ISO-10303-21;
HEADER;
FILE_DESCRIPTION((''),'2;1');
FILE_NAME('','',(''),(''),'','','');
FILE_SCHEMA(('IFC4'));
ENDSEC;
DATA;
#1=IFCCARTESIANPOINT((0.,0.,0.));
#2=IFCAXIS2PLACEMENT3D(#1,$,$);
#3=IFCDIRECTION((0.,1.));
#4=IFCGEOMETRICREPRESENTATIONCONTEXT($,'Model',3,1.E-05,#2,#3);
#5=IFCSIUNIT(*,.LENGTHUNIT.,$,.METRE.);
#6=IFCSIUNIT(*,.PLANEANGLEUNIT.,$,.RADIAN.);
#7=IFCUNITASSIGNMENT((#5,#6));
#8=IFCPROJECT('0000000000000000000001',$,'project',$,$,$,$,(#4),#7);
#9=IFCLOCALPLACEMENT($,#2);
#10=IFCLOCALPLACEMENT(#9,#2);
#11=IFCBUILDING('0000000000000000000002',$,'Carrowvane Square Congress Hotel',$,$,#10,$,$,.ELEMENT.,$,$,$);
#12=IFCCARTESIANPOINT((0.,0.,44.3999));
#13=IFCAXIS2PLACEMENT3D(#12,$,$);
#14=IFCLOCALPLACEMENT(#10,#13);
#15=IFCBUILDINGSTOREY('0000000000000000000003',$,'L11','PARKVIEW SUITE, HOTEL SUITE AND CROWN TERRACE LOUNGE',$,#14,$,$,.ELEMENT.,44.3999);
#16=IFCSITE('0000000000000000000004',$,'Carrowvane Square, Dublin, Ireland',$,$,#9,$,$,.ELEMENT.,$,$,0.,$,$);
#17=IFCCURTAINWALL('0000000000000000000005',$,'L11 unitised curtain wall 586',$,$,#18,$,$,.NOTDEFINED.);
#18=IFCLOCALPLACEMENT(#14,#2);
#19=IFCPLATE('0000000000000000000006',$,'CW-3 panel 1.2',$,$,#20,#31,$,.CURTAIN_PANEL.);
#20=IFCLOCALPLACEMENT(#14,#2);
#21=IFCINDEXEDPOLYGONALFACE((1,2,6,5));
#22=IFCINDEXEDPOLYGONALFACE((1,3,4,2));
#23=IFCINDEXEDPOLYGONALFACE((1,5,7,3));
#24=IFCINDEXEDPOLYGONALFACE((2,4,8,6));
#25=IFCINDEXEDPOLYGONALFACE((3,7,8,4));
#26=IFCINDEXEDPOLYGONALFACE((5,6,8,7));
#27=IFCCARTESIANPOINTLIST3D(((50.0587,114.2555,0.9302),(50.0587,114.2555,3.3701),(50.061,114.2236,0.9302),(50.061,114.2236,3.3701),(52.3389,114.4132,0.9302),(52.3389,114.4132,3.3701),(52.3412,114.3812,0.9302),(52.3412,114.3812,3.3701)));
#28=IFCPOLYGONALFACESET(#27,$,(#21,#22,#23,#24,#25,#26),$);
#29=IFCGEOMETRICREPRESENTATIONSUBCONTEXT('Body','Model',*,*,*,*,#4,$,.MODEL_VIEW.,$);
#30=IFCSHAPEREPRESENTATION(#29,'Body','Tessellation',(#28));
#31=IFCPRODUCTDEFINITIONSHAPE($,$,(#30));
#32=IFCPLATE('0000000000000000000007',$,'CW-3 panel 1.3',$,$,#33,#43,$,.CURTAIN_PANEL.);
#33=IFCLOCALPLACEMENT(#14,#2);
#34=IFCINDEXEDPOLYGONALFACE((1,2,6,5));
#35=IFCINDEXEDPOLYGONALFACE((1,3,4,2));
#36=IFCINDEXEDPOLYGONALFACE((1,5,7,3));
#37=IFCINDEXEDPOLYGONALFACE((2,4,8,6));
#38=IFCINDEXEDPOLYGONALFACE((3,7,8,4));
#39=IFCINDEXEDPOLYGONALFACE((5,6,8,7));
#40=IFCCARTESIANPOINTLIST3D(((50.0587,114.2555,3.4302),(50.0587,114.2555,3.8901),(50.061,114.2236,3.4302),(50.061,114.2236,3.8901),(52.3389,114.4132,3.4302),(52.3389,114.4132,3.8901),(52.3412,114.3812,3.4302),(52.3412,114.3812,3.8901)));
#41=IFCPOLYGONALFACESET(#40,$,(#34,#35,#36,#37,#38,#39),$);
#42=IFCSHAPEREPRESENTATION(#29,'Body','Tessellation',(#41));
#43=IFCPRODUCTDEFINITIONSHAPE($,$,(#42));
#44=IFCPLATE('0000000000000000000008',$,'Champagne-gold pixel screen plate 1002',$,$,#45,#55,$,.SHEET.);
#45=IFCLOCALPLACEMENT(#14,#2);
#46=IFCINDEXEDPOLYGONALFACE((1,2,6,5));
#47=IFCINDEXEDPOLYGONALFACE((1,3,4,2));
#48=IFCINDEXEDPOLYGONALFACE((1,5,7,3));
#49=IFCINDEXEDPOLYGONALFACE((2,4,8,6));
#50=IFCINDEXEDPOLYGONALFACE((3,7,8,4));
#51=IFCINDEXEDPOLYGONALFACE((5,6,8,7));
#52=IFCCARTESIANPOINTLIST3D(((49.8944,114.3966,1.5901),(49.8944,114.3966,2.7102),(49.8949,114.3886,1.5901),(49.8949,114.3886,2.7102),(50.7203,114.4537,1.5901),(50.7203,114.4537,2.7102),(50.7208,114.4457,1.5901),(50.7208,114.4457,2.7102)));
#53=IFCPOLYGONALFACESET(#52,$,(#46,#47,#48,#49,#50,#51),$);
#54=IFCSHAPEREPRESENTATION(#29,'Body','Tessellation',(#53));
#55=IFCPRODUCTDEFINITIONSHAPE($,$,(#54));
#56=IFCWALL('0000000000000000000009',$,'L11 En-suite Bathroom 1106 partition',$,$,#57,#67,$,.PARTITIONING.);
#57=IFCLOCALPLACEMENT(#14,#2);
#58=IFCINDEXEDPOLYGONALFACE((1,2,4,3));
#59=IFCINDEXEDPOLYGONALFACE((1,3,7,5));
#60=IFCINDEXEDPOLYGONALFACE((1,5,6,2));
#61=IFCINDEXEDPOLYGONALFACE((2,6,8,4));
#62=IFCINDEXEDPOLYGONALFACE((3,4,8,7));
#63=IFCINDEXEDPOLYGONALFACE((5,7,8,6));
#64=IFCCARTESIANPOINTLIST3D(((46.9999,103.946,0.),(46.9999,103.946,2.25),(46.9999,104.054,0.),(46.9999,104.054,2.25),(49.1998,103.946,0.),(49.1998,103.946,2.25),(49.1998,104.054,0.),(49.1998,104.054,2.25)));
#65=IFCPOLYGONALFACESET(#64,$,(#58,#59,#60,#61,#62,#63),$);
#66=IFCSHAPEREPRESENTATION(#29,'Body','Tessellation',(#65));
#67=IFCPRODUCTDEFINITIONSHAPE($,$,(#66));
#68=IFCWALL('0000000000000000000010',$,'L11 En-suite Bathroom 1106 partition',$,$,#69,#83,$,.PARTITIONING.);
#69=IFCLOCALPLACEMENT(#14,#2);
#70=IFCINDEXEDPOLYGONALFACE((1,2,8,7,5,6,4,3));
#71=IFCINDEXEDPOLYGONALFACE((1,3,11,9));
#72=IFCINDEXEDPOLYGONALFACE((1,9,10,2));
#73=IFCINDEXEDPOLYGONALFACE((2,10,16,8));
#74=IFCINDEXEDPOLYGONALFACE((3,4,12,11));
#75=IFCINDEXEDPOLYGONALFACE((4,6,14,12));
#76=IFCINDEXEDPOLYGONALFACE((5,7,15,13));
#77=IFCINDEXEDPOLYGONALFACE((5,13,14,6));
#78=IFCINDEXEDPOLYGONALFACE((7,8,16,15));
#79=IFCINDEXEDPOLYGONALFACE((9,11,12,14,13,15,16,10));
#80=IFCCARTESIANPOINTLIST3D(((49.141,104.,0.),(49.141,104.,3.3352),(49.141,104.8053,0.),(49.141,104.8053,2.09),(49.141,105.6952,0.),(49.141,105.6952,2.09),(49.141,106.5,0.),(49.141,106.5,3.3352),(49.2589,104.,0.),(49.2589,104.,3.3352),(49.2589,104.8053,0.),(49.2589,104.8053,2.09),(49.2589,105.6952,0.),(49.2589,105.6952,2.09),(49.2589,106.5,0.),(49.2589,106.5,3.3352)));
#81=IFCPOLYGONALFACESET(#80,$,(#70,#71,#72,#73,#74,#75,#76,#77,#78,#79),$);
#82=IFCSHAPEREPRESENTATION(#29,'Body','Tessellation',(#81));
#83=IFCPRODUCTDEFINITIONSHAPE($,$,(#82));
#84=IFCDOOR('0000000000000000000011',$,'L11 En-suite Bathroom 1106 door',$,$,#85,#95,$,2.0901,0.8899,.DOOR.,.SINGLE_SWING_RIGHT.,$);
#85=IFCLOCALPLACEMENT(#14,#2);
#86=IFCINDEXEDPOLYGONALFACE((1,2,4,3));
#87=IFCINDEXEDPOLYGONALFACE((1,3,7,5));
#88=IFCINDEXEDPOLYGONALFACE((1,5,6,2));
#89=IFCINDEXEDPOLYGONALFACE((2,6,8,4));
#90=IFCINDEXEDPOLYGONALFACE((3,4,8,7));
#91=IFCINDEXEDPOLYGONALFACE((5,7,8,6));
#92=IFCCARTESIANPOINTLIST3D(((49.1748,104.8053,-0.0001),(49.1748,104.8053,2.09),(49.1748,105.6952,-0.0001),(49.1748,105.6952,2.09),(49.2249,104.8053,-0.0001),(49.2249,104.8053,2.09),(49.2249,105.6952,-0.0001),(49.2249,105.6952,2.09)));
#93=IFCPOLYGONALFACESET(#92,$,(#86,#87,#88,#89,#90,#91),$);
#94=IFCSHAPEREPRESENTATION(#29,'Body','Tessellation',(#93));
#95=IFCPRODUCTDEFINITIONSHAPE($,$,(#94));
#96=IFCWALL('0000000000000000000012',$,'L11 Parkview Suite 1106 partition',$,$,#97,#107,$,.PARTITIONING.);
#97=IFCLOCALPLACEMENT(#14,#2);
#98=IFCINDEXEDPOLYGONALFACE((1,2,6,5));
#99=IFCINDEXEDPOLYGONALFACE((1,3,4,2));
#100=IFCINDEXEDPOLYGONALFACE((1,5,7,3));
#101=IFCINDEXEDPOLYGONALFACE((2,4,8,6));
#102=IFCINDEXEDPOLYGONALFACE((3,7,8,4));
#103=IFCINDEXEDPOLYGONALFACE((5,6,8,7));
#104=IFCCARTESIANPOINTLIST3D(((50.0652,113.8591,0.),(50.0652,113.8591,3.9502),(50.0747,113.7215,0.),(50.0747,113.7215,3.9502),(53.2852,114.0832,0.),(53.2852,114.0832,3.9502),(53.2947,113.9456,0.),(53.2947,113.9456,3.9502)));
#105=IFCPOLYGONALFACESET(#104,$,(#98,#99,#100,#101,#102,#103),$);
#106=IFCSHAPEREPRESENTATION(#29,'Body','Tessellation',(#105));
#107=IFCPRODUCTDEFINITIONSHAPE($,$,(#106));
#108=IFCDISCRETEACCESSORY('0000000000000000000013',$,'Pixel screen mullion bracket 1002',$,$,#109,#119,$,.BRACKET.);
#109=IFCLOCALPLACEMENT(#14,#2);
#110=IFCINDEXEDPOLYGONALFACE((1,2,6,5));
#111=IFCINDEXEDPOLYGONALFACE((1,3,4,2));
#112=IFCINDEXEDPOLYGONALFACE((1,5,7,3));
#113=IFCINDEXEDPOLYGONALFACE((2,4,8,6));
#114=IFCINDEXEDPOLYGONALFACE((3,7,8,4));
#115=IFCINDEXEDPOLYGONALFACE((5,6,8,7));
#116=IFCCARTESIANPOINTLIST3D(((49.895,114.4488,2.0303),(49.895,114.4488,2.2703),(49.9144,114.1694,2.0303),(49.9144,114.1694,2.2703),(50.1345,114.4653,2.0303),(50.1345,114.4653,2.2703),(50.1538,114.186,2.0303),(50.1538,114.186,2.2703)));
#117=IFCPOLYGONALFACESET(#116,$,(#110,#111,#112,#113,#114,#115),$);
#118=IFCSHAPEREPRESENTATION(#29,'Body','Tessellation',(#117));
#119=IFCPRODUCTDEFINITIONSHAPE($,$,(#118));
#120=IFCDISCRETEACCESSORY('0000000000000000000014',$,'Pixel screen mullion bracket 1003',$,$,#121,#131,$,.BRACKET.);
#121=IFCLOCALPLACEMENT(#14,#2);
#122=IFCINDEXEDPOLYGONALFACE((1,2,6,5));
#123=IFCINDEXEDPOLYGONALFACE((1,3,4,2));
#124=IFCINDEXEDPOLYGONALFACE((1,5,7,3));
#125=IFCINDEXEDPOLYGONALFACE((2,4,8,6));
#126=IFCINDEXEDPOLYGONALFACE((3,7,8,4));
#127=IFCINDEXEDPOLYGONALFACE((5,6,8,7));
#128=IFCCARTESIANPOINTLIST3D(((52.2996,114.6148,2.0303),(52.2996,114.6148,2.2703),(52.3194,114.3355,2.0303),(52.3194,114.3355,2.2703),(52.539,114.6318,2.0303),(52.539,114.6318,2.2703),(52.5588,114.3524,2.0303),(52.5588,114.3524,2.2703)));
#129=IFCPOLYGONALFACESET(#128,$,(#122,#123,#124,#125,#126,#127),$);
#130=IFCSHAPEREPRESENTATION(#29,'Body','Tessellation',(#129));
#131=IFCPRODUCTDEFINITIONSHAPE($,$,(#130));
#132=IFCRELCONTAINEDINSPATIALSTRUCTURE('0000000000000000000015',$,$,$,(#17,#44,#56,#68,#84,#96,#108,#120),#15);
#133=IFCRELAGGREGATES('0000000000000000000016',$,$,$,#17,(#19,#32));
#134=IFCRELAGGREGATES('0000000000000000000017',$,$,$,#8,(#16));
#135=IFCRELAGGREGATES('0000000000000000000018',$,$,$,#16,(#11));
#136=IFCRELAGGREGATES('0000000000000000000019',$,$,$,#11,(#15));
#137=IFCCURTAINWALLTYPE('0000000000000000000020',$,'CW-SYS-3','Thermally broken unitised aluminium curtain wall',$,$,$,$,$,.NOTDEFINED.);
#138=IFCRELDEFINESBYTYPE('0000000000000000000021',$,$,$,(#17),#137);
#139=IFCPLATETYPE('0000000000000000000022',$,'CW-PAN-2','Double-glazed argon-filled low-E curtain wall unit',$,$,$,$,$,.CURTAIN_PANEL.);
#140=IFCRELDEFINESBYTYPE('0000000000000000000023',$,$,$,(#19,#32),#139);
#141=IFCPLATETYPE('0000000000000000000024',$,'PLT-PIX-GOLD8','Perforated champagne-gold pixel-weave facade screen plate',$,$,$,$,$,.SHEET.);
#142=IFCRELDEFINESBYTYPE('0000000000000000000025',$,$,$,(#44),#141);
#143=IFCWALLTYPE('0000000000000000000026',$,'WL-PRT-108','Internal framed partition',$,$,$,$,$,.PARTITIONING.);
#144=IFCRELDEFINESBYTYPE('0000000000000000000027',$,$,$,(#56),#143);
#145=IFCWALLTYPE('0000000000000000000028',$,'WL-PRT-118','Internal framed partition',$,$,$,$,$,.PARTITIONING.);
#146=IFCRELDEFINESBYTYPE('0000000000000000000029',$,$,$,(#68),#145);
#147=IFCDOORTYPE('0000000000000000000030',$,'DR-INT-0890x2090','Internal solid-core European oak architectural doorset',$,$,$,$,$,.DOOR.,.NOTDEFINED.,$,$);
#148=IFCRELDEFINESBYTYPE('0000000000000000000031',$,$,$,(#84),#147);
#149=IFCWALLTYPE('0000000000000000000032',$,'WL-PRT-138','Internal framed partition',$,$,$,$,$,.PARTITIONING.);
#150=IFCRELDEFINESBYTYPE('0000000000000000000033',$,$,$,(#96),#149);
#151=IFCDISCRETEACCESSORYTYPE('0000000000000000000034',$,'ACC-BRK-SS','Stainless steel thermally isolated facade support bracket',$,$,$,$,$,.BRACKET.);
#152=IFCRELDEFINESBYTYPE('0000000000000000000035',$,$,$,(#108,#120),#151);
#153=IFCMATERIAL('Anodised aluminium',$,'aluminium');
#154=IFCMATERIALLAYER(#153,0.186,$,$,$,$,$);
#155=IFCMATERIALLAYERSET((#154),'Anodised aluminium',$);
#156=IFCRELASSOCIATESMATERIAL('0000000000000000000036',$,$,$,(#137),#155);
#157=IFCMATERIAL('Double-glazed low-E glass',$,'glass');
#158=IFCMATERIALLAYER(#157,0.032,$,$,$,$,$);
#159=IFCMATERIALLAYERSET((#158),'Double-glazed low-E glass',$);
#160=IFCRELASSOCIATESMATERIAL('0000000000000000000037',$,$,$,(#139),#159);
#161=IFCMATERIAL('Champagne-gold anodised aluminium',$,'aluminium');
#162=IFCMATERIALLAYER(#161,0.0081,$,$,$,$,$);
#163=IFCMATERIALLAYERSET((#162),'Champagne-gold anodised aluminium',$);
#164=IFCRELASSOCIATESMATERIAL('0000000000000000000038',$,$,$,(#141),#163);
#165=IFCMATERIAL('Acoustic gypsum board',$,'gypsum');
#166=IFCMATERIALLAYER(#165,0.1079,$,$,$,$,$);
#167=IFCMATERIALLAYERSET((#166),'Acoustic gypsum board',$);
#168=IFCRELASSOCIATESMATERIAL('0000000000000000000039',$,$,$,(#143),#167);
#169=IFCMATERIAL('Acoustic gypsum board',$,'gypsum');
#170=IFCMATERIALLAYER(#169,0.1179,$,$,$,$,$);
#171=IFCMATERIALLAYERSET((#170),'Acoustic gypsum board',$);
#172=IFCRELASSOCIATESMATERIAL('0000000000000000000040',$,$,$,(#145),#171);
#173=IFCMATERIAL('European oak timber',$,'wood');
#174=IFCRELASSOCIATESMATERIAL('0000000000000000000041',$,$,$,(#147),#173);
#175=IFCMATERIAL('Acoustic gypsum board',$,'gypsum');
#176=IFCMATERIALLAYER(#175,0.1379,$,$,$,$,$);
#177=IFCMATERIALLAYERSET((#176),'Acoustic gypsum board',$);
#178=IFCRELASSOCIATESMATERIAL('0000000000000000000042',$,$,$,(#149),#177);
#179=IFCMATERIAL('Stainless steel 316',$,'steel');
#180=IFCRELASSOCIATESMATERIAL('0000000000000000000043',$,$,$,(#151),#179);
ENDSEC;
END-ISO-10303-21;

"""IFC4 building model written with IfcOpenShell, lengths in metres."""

from ifc_helpers import new_model, si_unit, direction, frame, frame_2d, origin, origin_2d, place, context, subcontext, project, spatial, rectangle, extrude, material, layer, layer_set, type_object, element, fill, aggregate, save


model = new_model("IFC4")

# Units and contexts
model_context = context("Model", 3, precision=1e-05, world=origin(), true_north=direction((0.0, 1.0)))
body_context = subcontext(model_context, "Body", "Model", "MODEL_VIEW")
ifc_project = project(units=[si_unit("LENGTHUNIT", "METRE"), si_unit("PLANEANGLEUNIT", "RADIAN")], contexts=[model_context])

# Site, building, storey
site_placement = place(None, origin())
site = spatial("IfcSite", under=ifc_project, at=site_placement, Name="Carrowvane Square, Dublin, Ireland", CompositionType="ELEMENT", RefElevation=0.0)
building_placement = place(site_placement, origin())
building = spatial("IfcBuilding", under=site, at=building_placement, Name="Carrowvane Square Congress Hotel", CompositionType="ELEMENT")
storey_placement = place(building_placement, frame((0.0, 0.0, 44.3999)))
storey = spatial("IfcBuildingStorey", under=building, at=storey_placement, Name="L11", Description="PARKVIEW SUITE, HOTEL SUITE AND CROWN TERRACE LOUNGE", CompositionType="ELEMENT", Elevation=44.3999)

# Curtain wall, plates
ifc_material_1 = material(Name="Anodised aluminium", Category="aluminium")
ifc_layer_1 = layer(ifc_material_1, 0.186)
ifc_layer_set_1 = layer_set([ifc_layer_1], Name="Anodised aluminium")
curtain_wall_type = type_object("IfcCurtainWallType", Name="CW-SYS-3", Description="Thermally broken unitised aluminium curtain wall", PredefinedType="NOTDEFINED", material=ifc_layer_set_1)
curtain_wall_placement = place(storey_placement, origin())
curtain_wall = element("IfcCurtainWall", 1, at=curtain_wall_placement, inside=storey, type_object=curtain_wall_type, Name="L11 unitised curtain wall 586", PredefinedType="NOTDEFINED")
ifc_material_2 = material(Name="Double-glazed low-E glass", Category="glass")
ifc_layer_2 = layer(ifc_material_2, 0.032)
ifc_layer_set_2 = layer_set([ifc_layer_2], Name="Double-glazed low-E glass")
plate_type_1 = type_object("IfcPlateType", Name="CW-PAN-2", Description="Double-glazed argon-filled low-E curtain wall unit", PredefinedType="CURTAIN_PANEL", material=ifc_layer_set_2)
plate_1_placement = place(storey_placement, frame((51.2, 114.3184, 0.9302), z_axis=(0.0, 0.0, 1.0), x_axis=(0.997618, 0.068986, 0.0)))
plate_1 = element("IfcPlate", 2, at=plate_1_placement, type_object=plate_type_1, Name="CW-3 panel 1.2", PredefinedType="CURTAIN_PANEL", context=body_context, shape_type="SweptSolid", body=[
    extrude(rectangle(XDim=2.2856, YDim=0.032, at=origin_2d()), origin(), (0.0, 0.0, 1.0), 2.4399),
])
plate_2_placement = place(storey_placement, frame((51.2, 114.3184, 3.4302), z_axis=(0.0, 0.0, 1.0), x_axis=(0.997618, 0.068986, 0.0)))
plate_2 = element("IfcPlate", 3, at=plate_2_placement, type_object=plate_type_1, Name="CW-3 panel 1.3", PredefinedType="CURTAIN_PANEL", context=body_context, shape_type="SweptSolid", body=[
    extrude(rectangle(XDim=2.2856, YDim=0.032, at=origin_2d()), origin(), (0.0, 0.0, 1.0), 0.46),
])
aggregate(curtain_wall, [plate_1, plate_2])

# Plate
ifc_material_3 = material(Name="Champagne-gold anodised aluminium", Category="aluminium")
ifc_layer_3 = layer(ifc_material_3, 0.0081)
ifc_layer_set_3 = layer_set([ifc_layer_3], Name="Champagne-gold anodised aluminium")
plate_type_2 = type_object("IfcPlateType", Name="PLT-PIX-GOLD8", Description="Perforated champagne-gold pixel-weave facade screen plate", PredefinedType="SHEET", material=ifc_layer_set_3)
plate_3_placement = place(storey_placement, frame((50.3076, 114.4211, 1.5901), z_axis=(0.0, 0.0, 1.0), x_axis=(0.997618, 0.068987, 0.0)))
element("IfcPlate", 4, at=plate_3_placement, inside=storey, type_object=plate_type_2, Name="Champagne-gold pixel screen plate 1002", PredefinedType="SHEET", context=body_context, shape_type="SweptSolid", body=[
    extrude(rectangle(XDim=0.8279, YDim=0.0081, at=origin_2d()), origin(), (0.0, 0.0, 1.0), 1.1201),
])

# Wall
ifc_material_4 = material(Name="Acoustic gypsum board", Category="gypsum")
ifc_layer_4 = layer(ifc_material_4, 0.1079)
ifc_layer_set_4 = layer_set([ifc_layer_4], Name="Acoustic gypsum board")
wall_type_1 = type_object("IfcWallType", Name="WL-PRT-108", Description="Internal framed partition", PredefinedType="PARTITIONING", material=ifc_layer_set_4)
wall_1_placement = place(storey_placement, frame((49.2, 104.0, 0.0), z_axis=(0.0, 0.0, 1.0), x_axis=(-1.0, 0.0, 0.0)))
element("IfcWall", 5, at=wall_1_placement, inside=storey, type_object=wall_type_1, Name="L11 En-suite Bathroom 1106 partition", PredefinedType="PARTITIONING", context=body_context, shape_type="SweptSolid", body=[
    extrude(rectangle(XDim=2.2, YDim=0.1079, at=frame_2d((1.1001, 0.0))), origin(), (0.0, 0.0, 1.0), 2.25),
])

# Wall, opening, door
ifc_material_5 = material(Name="Acoustic gypsum board", Category="gypsum")
ifc_layer_5 = layer(ifc_material_5, 0.1179)
ifc_layer_set_5 = layer_set([ifc_layer_5], Name="Acoustic gypsum board")
wall_type_2 = type_object("IfcWallType", Name="WL-PRT-118", Description="Internal framed partition", PredefinedType="PARTITIONING", material=ifc_layer_set_5)
wall_2_placement = place(storey_placement, frame((49.2, 106.5, 0.0), z_axis=(0.0, 0.0, 1.0), x_axis=(0.0, -1.0, 0.0)))
wall_2 = element("IfcWall", 6, at=wall_2_placement, inside=storey, type_object=wall_type_2, Name="L11 En-suite Bathroom 1106 partition", PredefinedType="PARTITIONING", context=body_context, shape_type="SweptSolid", body=[
    extrude(rectangle(XDim=2.5, YDim=0.1179, at=frame_2d((1.25, 0.0))), origin(), (0.0, 0.0, 1.0), 3.3352),
])
opening_placement = place(wall_2_placement, frame((0.8049, 0.0, 0.0)))
opening = element("IfcOpeningElement", 7, at=opening_placement, cuts=wall_2, PredefinedType="OPENING", context=body_context, shape_type="SweptSolid", body=[
    extrude(rectangle(XDim=0.8899, YDim=2.0901, at=frame_2d((0.4448, 1.0449))), frame((0.0, 0.0688, 0.0), z_axis=(0.0, -1.0, 0.0), x_axis=(1.0, 0.0, 0.0)), (0.0, 0.0, 1.0), 0.1379),
])
ifc_material_6 = material(Name="European oak timber", Category="wood")
door_type = type_object("IfcDoorType", Name="DR-INT-0890x2090", Description="Internal solid-core European oak architectural doorset", OperationType="NOTDEFINED", PredefinedType="DOOR", material=ifc_material_6)
door_placement = place(opening_placement, origin())
door = element("IfcDoor", 8, at=door_placement, inside=storey, type_object=door_type, Name="L11 En-suite Bathroom 1106 door", OperationType="SINGLE_SWING_RIGHT", OverallHeight=2.0901, OverallWidth=0.8899, PredefinedType="DOOR", context=body_context, shape_type="SweptSolid", body=[
    extrude(rectangle(XDim=0.8899, YDim=2.0901, at=frame_2d((0.4448, 1.0449))), frame((0.0, 0.0249, 0.0), z_axis=(0.0, -1.0, 0.0), x_axis=(1.0, 0.0, 0.0)), (0.0, 0.0, 1.0), 0.05),
])
fill(opening, door)

# Wall
ifc_material_7 = material(Name="Acoustic gypsum board", Category="gypsum")
ifc_layer_6 = layer(ifc_material_7, 0.1379)
ifc_layer_set_6 = layer_set([ifc_layer_6], Name="Acoustic gypsum board")
wall_type_3 = type_object("IfcWallType", Name="WL-PRT-138", Description="Internal framed partition", PredefinedType="PARTITIONING", material=ifc_layer_set_6)
wall_3_placement = place(storey_placement, frame((50.0701, 113.7903, 0.0), z_axis=(0.0, 0.0, 1.0), x_axis=(0.997586, 0.069435, 0.0)))
element("IfcWall", 9, at=wall_3_placement, inside=storey, type_object=wall_type_3, Name="L11 Parkview Suite 1106 partition", PredefinedType="PARTITIONING", context=body_context, shape_type="SweptSolid", body=[
    extrude(rectangle(XDim=3.2278, YDim=0.1379, at=frame_2d((1.6138, 0.0))), origin(), (0.0, 0.0, 1.0), 3.9502),
])

# Discrete accessories
ifc_material_8 = material(Name="Stainless steel 316", Category="steel")
discrete_accessory_type = type_object("IfcDiscreteAccessoryType", Name="ACC-BRK-SS", Description="Stainless steel thermally isolated facade support bracket", PredefinedType="BRACKET", material=ifc_material_8)
for number, where, z_axis, x_axis, name in (
    (10, (50.0244, 114.3174, 2.0303), (0.0, 0.0, 1.0), (0.997618, 0.068987, 0.0), "Pixel screen mullion bracket 1002"),
    (11, (52.4292, 114.4836, 2.0303), (0.0, 0.0, 1.0), (0.997506, 0.070585, 0.0), "Pixel screen mullion bracket 1003"),
):
    element("IfcDiscreteAccessory", number, at=place(storey_placement, frame(where, z_axis=z_axis, x_axis=x_axis)), inside=storey, type_object=discrete_accessory_type, Name=name, PredefinedType="BRACKET", context=body_context, shape_type="SweptSolid", body=[
        extrude(rectangle(XDim=0.24, YDim=0.28, at=origin_2d()), origin(), (0.0, 0.0, 1.0), 0.24),
    ])

save(model, "model.ifc")
